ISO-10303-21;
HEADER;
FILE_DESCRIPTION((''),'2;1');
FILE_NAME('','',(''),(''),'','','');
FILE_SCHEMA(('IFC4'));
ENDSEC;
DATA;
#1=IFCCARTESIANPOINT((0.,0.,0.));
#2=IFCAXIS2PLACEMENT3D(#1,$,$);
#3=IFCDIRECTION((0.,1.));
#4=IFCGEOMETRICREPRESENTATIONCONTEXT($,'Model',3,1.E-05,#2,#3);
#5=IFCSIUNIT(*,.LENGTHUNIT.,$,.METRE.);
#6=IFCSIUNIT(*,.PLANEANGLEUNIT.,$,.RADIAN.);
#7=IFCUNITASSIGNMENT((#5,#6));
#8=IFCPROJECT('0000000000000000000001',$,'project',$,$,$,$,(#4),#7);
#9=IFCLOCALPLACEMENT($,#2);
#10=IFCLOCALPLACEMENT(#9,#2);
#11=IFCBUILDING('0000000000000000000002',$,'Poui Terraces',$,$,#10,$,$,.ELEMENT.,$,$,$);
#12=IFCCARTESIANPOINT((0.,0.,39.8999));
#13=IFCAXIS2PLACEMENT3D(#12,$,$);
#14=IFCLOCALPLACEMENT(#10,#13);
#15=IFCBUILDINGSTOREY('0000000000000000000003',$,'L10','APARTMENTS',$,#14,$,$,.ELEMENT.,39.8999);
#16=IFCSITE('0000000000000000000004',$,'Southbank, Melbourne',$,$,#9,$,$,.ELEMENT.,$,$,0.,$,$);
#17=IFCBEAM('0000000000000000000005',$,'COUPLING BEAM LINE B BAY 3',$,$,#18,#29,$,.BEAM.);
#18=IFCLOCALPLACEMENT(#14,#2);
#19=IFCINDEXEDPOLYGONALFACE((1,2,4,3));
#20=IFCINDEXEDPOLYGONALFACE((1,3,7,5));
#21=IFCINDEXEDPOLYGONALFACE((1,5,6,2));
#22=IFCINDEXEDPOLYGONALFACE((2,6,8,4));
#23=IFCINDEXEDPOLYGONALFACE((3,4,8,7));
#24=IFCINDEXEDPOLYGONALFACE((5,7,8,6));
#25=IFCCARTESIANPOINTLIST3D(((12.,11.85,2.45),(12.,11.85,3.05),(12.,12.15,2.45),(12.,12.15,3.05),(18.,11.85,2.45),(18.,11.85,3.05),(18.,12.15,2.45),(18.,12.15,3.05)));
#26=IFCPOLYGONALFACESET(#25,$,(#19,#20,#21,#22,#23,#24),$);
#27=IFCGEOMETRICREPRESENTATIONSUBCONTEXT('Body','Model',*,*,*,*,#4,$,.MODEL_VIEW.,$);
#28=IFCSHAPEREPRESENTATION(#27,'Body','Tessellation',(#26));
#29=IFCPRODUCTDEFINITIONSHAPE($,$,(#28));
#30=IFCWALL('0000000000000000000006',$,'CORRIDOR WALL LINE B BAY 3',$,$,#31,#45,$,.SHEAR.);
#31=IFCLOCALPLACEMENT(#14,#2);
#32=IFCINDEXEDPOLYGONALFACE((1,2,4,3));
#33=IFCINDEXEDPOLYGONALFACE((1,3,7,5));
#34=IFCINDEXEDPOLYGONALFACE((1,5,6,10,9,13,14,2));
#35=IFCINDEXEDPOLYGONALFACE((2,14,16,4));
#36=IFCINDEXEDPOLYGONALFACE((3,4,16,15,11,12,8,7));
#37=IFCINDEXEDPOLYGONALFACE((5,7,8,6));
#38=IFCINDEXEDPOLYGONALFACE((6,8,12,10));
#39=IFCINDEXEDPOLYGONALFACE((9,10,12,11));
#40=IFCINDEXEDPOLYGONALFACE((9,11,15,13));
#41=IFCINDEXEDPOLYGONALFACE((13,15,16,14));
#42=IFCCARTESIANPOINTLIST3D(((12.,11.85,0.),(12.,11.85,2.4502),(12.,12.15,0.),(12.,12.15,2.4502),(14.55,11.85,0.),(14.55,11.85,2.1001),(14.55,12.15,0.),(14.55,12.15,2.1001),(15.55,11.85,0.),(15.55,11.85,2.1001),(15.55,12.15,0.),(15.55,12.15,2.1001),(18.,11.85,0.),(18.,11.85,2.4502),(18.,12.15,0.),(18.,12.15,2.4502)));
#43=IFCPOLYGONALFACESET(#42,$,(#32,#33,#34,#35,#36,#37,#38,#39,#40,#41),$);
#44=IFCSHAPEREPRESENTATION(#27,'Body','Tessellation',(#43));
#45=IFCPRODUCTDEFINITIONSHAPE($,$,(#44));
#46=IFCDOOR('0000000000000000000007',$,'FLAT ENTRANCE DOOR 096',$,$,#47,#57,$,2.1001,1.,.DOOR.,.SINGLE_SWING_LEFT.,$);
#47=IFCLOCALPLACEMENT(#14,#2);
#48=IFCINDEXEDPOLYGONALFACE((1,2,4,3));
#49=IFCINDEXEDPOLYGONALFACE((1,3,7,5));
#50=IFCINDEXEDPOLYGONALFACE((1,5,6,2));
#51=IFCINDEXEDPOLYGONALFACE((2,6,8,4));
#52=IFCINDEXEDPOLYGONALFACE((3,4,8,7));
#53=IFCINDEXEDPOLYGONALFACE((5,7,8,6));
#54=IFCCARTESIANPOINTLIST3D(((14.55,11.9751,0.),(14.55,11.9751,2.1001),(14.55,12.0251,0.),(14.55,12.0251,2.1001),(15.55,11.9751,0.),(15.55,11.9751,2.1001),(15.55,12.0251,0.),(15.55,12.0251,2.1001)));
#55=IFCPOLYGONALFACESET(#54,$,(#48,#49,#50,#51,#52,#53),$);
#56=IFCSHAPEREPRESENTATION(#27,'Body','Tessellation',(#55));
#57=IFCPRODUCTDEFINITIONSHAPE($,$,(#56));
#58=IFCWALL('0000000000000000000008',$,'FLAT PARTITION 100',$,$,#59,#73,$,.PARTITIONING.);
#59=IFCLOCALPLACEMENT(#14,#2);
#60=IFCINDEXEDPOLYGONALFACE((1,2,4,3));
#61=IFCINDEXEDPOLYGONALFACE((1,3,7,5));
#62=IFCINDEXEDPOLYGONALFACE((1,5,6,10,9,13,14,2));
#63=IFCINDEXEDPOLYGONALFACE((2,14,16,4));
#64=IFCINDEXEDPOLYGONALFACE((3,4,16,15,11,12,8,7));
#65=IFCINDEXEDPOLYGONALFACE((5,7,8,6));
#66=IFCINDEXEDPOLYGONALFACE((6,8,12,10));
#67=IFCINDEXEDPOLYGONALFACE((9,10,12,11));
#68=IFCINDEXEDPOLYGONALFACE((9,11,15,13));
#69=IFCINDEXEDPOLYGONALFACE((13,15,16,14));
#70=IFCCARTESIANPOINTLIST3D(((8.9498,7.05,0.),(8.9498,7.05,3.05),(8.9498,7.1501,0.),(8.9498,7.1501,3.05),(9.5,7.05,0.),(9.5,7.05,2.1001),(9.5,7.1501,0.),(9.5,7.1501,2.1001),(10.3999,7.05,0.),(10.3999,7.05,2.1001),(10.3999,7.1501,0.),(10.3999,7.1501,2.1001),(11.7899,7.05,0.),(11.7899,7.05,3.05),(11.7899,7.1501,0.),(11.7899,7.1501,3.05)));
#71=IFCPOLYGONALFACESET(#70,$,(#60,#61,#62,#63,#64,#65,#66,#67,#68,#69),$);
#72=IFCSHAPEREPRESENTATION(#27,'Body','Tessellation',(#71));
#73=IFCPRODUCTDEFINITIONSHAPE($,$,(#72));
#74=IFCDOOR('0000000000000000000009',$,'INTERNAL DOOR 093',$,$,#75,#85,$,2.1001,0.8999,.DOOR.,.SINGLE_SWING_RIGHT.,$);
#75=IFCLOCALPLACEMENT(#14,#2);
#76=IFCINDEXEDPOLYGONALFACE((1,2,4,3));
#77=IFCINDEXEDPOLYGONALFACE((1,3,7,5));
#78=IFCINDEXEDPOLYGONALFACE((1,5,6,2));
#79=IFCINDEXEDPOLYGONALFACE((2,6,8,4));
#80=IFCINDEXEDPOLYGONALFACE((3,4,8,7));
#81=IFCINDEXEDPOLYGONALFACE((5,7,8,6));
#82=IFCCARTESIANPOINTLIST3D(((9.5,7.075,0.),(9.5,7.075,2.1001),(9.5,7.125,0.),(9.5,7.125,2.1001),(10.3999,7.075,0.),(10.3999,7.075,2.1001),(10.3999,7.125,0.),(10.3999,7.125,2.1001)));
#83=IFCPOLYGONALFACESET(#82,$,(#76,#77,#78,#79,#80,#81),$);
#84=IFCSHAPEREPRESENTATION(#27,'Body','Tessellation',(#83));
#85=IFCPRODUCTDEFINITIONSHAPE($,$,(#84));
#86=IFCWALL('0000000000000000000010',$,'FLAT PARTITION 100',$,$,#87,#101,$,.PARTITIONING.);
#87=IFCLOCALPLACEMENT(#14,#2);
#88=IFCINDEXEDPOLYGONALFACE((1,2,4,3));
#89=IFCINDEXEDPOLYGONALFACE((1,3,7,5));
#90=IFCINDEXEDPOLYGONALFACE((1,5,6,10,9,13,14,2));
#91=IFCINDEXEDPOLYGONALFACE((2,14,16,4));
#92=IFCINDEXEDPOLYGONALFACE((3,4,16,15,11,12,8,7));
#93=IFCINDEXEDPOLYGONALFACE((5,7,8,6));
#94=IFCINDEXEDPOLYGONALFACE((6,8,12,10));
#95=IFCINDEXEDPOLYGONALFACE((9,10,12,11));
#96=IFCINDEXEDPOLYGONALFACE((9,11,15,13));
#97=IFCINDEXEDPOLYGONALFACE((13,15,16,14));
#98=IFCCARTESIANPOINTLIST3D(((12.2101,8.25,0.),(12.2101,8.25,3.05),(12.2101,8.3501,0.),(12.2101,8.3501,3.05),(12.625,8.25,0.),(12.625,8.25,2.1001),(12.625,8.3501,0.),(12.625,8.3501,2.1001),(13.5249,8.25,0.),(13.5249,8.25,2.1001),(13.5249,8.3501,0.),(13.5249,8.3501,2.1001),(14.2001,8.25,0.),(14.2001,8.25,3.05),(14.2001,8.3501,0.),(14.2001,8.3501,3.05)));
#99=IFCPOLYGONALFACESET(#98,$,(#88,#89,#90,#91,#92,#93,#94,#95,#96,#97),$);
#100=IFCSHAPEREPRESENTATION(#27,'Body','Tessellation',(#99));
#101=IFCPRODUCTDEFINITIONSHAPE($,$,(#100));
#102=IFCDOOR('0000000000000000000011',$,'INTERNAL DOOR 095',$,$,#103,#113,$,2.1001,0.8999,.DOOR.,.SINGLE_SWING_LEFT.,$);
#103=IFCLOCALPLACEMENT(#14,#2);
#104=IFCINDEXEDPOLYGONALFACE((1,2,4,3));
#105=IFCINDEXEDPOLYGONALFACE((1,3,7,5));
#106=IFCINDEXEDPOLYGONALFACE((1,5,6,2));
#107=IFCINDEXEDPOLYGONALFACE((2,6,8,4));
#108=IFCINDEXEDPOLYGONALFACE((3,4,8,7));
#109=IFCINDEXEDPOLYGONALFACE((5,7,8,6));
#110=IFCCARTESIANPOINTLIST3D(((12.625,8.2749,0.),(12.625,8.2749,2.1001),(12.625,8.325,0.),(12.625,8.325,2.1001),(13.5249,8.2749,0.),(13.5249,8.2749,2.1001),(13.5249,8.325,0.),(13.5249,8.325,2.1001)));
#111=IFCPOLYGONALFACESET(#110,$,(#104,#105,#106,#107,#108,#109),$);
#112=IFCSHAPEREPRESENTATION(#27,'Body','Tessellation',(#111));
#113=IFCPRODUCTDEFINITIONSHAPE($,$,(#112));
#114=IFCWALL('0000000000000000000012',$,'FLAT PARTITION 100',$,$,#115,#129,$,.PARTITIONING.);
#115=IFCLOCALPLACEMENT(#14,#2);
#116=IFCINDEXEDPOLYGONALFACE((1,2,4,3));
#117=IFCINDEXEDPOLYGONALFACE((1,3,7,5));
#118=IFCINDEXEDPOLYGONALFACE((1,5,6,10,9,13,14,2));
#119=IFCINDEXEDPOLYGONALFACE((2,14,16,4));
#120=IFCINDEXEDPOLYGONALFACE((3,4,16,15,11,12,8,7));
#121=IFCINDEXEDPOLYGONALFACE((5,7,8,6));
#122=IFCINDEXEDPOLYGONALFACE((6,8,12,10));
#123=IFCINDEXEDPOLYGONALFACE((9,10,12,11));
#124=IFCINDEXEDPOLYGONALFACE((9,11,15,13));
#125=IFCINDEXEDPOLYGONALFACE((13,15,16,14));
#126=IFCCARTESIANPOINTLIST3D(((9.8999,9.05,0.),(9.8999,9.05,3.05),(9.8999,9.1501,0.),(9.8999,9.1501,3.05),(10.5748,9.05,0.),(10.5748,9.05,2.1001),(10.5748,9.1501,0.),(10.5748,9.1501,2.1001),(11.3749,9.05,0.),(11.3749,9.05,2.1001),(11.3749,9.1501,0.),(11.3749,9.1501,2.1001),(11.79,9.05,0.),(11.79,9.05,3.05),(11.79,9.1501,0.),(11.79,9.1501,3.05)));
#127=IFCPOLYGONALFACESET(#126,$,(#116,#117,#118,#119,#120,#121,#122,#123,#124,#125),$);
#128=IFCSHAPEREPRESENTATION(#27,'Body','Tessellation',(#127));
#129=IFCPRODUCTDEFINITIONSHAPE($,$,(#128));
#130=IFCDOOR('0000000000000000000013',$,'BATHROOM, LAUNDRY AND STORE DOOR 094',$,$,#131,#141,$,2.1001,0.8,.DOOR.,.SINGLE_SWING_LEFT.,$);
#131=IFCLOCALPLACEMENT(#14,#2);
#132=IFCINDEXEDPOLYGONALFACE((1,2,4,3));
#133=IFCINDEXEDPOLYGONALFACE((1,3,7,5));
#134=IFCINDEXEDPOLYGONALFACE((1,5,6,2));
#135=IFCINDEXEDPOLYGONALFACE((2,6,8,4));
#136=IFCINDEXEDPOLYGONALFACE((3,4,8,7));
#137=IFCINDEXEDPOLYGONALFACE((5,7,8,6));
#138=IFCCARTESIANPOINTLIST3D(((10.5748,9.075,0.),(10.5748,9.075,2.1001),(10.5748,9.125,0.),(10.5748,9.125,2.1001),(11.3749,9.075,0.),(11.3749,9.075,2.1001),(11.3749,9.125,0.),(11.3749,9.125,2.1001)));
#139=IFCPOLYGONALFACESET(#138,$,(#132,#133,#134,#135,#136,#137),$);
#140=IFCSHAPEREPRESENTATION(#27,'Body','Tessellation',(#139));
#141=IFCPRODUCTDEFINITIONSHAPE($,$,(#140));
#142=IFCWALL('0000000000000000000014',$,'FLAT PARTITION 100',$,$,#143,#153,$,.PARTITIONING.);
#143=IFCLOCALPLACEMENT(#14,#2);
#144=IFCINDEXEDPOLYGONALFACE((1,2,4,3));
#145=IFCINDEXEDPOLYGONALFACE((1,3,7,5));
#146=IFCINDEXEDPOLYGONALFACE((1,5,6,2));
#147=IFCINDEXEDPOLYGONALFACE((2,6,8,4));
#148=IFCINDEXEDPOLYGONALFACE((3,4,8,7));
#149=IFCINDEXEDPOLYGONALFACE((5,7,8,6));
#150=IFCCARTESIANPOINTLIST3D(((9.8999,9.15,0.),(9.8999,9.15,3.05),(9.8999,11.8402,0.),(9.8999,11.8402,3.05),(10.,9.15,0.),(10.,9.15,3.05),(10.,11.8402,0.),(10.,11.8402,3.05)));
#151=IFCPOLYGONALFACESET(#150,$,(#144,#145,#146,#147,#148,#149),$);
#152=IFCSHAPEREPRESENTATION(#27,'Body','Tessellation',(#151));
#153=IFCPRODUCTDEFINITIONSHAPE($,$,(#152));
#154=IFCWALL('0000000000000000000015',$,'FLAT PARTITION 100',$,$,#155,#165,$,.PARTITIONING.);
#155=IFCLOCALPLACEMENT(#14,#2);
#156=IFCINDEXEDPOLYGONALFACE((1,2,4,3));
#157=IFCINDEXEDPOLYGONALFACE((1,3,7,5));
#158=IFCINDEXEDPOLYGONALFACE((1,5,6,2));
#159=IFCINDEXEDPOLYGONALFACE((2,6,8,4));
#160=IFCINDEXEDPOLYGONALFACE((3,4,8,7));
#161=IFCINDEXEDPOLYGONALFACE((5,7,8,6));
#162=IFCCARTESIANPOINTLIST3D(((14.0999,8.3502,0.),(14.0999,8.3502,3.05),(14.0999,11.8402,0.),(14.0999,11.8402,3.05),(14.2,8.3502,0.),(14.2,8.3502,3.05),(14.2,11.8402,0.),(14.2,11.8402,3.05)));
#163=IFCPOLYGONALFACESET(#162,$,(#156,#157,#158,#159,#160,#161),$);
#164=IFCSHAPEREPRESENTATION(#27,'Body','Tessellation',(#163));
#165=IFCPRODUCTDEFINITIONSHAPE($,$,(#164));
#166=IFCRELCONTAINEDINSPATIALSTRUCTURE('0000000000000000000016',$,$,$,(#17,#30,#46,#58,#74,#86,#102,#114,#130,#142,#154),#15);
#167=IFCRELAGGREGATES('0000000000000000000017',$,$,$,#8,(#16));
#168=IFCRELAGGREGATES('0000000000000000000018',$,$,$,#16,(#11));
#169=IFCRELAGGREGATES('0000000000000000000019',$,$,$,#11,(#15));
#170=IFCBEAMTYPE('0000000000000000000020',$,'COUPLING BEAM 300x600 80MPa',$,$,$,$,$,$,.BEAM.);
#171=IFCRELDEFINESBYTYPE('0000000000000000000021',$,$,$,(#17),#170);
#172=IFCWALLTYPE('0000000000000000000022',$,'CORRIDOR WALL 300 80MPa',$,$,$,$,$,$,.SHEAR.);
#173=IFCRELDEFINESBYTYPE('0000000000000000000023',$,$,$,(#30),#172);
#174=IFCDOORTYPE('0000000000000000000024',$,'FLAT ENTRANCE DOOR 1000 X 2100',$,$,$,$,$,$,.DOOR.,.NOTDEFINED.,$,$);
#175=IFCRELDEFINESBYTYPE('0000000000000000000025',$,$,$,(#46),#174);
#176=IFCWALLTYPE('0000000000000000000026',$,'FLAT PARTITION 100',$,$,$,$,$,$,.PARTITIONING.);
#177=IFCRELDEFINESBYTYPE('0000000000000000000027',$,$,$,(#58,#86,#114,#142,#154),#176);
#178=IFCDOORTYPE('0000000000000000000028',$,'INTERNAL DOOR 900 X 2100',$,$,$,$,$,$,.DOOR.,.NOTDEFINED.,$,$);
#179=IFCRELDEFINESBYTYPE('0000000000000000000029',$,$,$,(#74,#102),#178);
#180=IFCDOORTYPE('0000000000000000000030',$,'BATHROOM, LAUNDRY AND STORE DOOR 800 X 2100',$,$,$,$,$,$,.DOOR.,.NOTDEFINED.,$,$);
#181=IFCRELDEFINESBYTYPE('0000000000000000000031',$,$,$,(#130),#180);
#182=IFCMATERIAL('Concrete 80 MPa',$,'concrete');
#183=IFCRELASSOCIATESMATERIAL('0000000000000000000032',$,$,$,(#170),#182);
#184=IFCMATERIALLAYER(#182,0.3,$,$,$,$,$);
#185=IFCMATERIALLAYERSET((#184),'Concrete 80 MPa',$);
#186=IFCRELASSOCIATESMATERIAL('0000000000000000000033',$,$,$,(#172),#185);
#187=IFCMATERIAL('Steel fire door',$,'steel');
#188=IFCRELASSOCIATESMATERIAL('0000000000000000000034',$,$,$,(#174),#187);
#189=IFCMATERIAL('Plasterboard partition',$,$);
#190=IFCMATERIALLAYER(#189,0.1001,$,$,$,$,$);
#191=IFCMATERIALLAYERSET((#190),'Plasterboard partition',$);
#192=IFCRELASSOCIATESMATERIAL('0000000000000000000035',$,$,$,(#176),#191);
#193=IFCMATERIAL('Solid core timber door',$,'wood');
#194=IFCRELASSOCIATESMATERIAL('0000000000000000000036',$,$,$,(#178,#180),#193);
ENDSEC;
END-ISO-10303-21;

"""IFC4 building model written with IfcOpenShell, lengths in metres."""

from ifc_helpers import new_model, si_unit, direction, frame, frame_2d, origin, origin_2d, place, context, subcontext, project, spatial, rectangle, extrude, source, transform, mapped, material, layer, layer_set, material_profile, profile_set, type_object, element, fill, save


model = new_model("IFC4")

# Units and contexts
model_context = context("Model", 3, precision=1e-05, world=origin(), true_north=direction((0.0, 1.0)))
body_context = subcontext(model_context, "Body", "Model", "MODEL_VIEW")
ifc_project = project(units=[si_unit("LENGTHUNIT", "METRE"), si_unit("PLANEANGLEUNIT", "RADIAN")], contexts=[model_context])

# Site, building, storey
site_placement = place(None, origin())
site = spatial("IfcSite", under=ifc_project, at=site_placement, Name="Southbank, Melbourne", CompositionType="ELEMENT", RefElevation=0.0)
building_placement = place(site_placement, origin())
building = spatial("IfcBuilding", under=site, at=building_placement, Name="Poui Terraces", CompositionType="ELEMENT")
storey_placement = place(building_placement, frame((0.0, 0.0, 39.8999)))
storey = spatial("IfcBuildingStorey", under=building, at=storey_placement, Name="L10", Description="APARTMENTS", CompositionType="ELEMENT", Elevation=39.8999)

# Beam
ifc_material_1 = material(Name="Concrete 80 MPa", Category="concrete")
ifc_material_profile = material_profile(ifc_material_1, rectangle(XDim=0.3, YDim=0.6001, at=origin_2d()), Name="RC 300x600")
ifc_profile_set = profile_set([ifc_material_profile], Name="Concrete 80 MPa")
beam_type = type_object("IfcBeamType", Name="COUPLING BEAM 300x600 80MPa", PredefinedType="BEAM", material=ifc_profile_set)
shared_shape = source(origin(), body_context, "Body", "SweptSolid", [
    extrude(rectangle(XDim=0.3, YDim=0.6001, at=origin_2d()), origin(), (0.0, 0.0, 1.0), 6.0),
])
beam_placement = place(storey_placement, frame((12.0, 12.0, 2.75), z_axis=(1.0, 0.0, 0.0), x_axis=(0.0, 1.0, 0.0)))
element("IfcBeam", 1, at=beam_placement, inside=storey, type_object=beam_type, Name="COUPLING BEAM LINE B BAY 3", PredefinedType="BEAM", context=body_context, shape_type="MappedRepresentation", body=[
    mapped(shared_shape, transform((0.0, 0.0, 0.0))),
])

# Walls, openings, doors
ifc_layer_1 = layer(ifc_material_1, 0.3)
ifc_layer_set_1 = layer_set([ifc_layer_1], Name="Concrete 80 MPa")
wall_type_1 = type_object("IfcWallType", Name="CORRIDOR WALL 300 80MPa", PredefinedType="SHEAR", material=ifc_layer_set_1)
wall_1_placement = place(storey_placement, frame((12.0, 12.0, 0.0), z_axis=(0.0, 0.0, 1.0), x_axis=(1.0, 0.0, 0.0)))
wall_1 = element("IfcWall", 2, at=wall_1_placement, inside=storey, type_object=wall_type_1, Name="CORRIDOR WALL LINE B BAY 3", PredefinedType="SHEAR", context=body_context, shape_type="SweptSolid", body=[
    extrude(rectangle(XDim=6.0, YDim=0.3, at=frame_2d((3.0, 0.0))), origin(), (0.0, 0.0, 1.0), 2.4502),
])
opening_1_placement = place(wall_1_placement, frame((2.55, 0.0, 0.0)))
opening_1 = element("IfcOpeningElement", 3, at=opening_1_placement, cuts=wall_1, PredefinedType="OPENING", context=body_context, shape_type="SweptSolid", body=[
    extrude(rectangle(XDim=1.0, YDim=2.1001, at=frame_2d((0.5, 1.05))), frame((0.0, 0.1602, 0.0), z_axis=(0.0, -1.0, 0.0), x_axis=(1.0, 0.0, 0.0)), (0.0, 0.0, 1.0), 0.3201),
])
ifc_material_2 = material(Name="Steel fire door", Category="steel")
door_type_1 = type_object("IfcDoorType", Name="FLAT ENTRANCE DOOR 1000 X 2100", OperationType="NOTDEFINED", PredefinedType="DOOR", material=ifc_material_2)
door_1_placement = place(opening_1_placement, frame((1.0, 0.0, 0.0), z_axis=(0.0, 0.0, 1.0), x_axis=(-1.0, 0.0, 0.0)))
door_1 = element("IfcDoor", 4, at=door_1_placement, inside=storey, type_object=door_type_1, Name="FLAT ENTRANCE DOOR 096", OperationType="SINGLE_SWING_LEFT", OverallHeight=2.1001, OverallWidth=1.0, PredefinedType="DOOR", context=body_context, shape_type="SweptSolid", body=[
    extrude(rectangle(XDim=1.0, YDim=2.1001, at=frame_2d((0.5, 1.05))), frame((0.0, 0.0249, 0.0), z_axis=(0.0, -1.0, 0.0), x_axis=(1.0, 0.0, 0.0)), (0.0, 0.0, 1.0), 0.05),
])
fill(opening_1, door_1)
ifc_material_3 = material(Name="Plasterboard partition")
ifc_layer_2 = layer(ifc_material_3, 0.1001)
ifc_layer_set_2 = layer_set([ifc_layer_2], Name="Plasterboard partition")
wall_type_2 = type_object("IfcWallType", Name="FLAT PARTITION 100", PredefinedType="PARTITIONING", material=ifc_layer_set_2)
wall_2_placement = place(storey_placement, frame((8.95, 7.1001, 0.0), z_axis=(0.0, 0.0, 1.0), x_axis=(1.0, 0.0, 0.0)))
wall_2 = element("IfcWall", 5, at=wall_2_placement, inside=storey, type_object=wall_type_2, Name="FLAT PARTITION 100", PredefinedType="PARTITIONING", context=body_context, shape_type="SweptSolid", body=[
    extrude(rectangle(XDim=2.8401, YDim=0.1001, at=frame_2d((1.4199, 0.0))), origin(), (0.0, 0.0, 1.0), 3.05),
])
opening_2_placement = place(wall_2_placement, frame((0.55, 0.0, 0.0)))
opening_2 = element("IfcOpeningElement", 6, at=opening_2_placement, cuts=wall_2, PredefinedType="OPENING", context=body_context, shape_type="SweptSolid", body=[
    extrude(rectangle(XDim=0.8999, YDim=2.1001, at=frame_2d((0.45, 1.05))), frame((0.0, 0.0601, 0.0), z_axis=(0.0, -1.0, 0.0), x_axis=(1.0, 0.0, 0.0)), (0.0, 0.0, 1.0), 0.1201),
])
ifc_material_4 = material(Name="Solid core timber door", Category="wood")
door_type_2 = type_object("IfcDoorType", Name="INTERNAL DOOR 900 X 2100", OperationType="NOTDEFINED", PredefinedType="DOOR", material=ifc_material_4)
door_2_placement = place(opening_2_placement, origin())
door_2 = element("IfcDoor", 7, at=door_2_placement, inside=storey, type_object=door_type_2, Name="INTERNAL DOOR 093", OperationType="SINGLE_SWING_RIGHT", OverallHeight=2.1001, OverallWidth=0.8999, PredefinedType="DOOR", context=body_context, shape_type="SweptSolid", body=[
    extrude(rectangle(XDim=0.8999, YDim=2.1001, at=frame_2d((0.45, 1.05))), frame((0.0, 0.0249, 0.0), z_axis=(0.0, -1.0, 0.0), x_axis=(1.0, 0.0, 0.0)), (0.0, 0.0, 1.0), 0.05),
])
fill(opening_2, door_2)
wall_3_placement = place(storey_placement, frame((12.21, 8.3, 0.0), z_axis=(0.0, 0.0, 1.0), x_axis=(1.0, 0.0, 0.0)))
wall_3 = element("IfcWall", 8, at=wall_3_placement, inside=storey, type_object=wall_type_2, Name="FLAT PARTITION 100", PredefinedType="PARTITIONING", context=body_context, shape_type="SweptSolid", body=[
    extrude(rectangle(XDim=1.99, YDim=0.1001, at=frame_2d((0.9951, 0.0))), origin(), (0.0, 0.0, 1.0), 3.05),
])
opening_3_placement = place(wall_3_placement, frame((0.415, 0.0, 0.0)))
opening_3 = element("IfcOpeningElement", 9, at=opening_3_placement, cuts=wall_3, PredefinedType="OPENING", context=body_context, shape_type="SweptSolid", body=[
    extrude(rectangle(XDim=0.8999, YDim=2.1001, at=frame_2d((0.45, 1.05))), frame((0.0, 0.0601, 0.0), z_axis=(0.0, -1.0, 0.0), x_axis=(1.0, 0.0, 0.0)), (0.0, 0.0, 1.0), 0.1201),
])
door_3_placement = place(opening_3_placement, origin())
door_3 = element("IfcDoor", 10, at=door_3_placement, inside=storey, type_object=door_type_2, Name="INTERNAL DOOR 095", OperationType="SINGLE_SWING_LEFT", OverallHeight=2.1001, OverallWidth=0.8999, PredefinedType="DOOR", context=body_context, shape_type="SweptSolid", body=[
    extrude(rectangle(XDim=0.8999, YDim=2.1001, at=frame_2d((0.45, 1.05))), frame((0.0, 0.0249, 0.0), z_axis=(0.0, -1.0, 0.0), x_axis=(1.0, 0.0, 0.0)), (0.0, 0.0, 1.0), 0.05),
])
fill(opening_3, door_3)
wall_4_placement = place(storey_placement, frame((9.8999, 9.1001, 0.0), z_axis=(0.0, 0.0, 1.0), x_axis=(1.0, 0.0, 0.0)))
wall_4 = element("IfcWall", 11, at=wall_4_placement, inside=storey, type_object=wall_type_2, Name="FLAT PARTITION 100", PredefinedType="PARTITIONING", context=body_context, shape_type="SweptSolid", body=[
    extrude(rectangle(XDim=1.8901, YDim=0.1001, at=frame_2d((0.9451, 0.0))), origin(), (0.0, 0.0, 1.0), 3.05),
])
opening_4_placement = place(wall_4_placement, frame((0.675, 0.0, 0.0)))
opening_4 = element("IfcOpeningElement", 12, at=opening_4_placement, cuts=wall_4, PredefinedType="OPENING", context=body_context, shape_type="SweptSolid", body=[
    extrude(rectangle(XDim=0.8, YDim=2.1001, at=frame_2d((0.3999, 1.05))), frame((0.0, 0.0601, 0.0), z_axis=(0.0, -1.0, 0.0), x_axis=(1.0, 0.0, 0.0)), (0.0, 0.0, 1.0), 0.1201),
])
door_type_3 = type_object("IfcDoorType", Name="BATHROOM, LAUNDRY AND STORE DOOR 800 X 2100", OperationType="NOTDEFINED", PredefinedType="DOOR", material=ifc_material_4)
door_4_placement = place(opening_4_placement, origin())
door_4 = element("IfcDoor", 13, at=door_4_placement, inside=storey, type_object=door_type_3, Name="BATHROOM, LAUNDRY AND STORE DOOR 094", OperationType="SINGLE_SWING_LEFT", OverallHeight=2.1001, OverallWidth=0.8, PredefinedType="DOOR", context=body_context, shape_type="SweptSolid", body=[
    extrude(rectangle(XDim=0.8, YDim=2.1001, at=frame_2d((0.3999, 1.05))), frame((0.0, 0.0249, 0.0), z_axis=(0.0, -1.0, 0.0), x_axis=(1.0, 0.0, 0.0)), (0.0, 0.0, 1.0), 0.05),
])
fill(opening_4, door_4)

# Walls
wall_5_placement = place(storey_placement, frame((9.95, 9.1499, 0.0), z_axis=(0.0, 0.0, 1.0), x_axis=(0.0, 1.0, 0.0)))
element("IfcWall", 14, at=wall_5_placement, inside=storey, type_object=wall_type_2, Name="FLAT PARTITION 100", PredefinedType="PARTITIONING", context=body_context, shape_type="SweptSolid", body=[
    extrude(rectangle(XDim=2.6902, YDim=0.1001, at=frame_2d((1.3452, 0.0))), origin(), (0.0, 0.0, 1.0), 3.05),
])
wall_6_placement = place(storey_placement, frame((14.1499, 8.3501, 0.0), z_axis=(0.0, 0.0, 1.0), x_axis=(0.0, 1.0, 0.0)))
element("IfcWall", 15, at=wall_6_placement, inside=storey, type_object=wall_type_2, Name="FLAT PARTITION 100", PredefinedType="PARTITIONING", context=body_context, shape_type="SweptSolid", body=[
    extrude(rectangle(XDim=3.49, YDim=0.1001, at=frame_2d((1.7451, 0.0))), origin(), (0.0, 0.0, 1.0), 3.05),
])

save(model, "model.ifc")
